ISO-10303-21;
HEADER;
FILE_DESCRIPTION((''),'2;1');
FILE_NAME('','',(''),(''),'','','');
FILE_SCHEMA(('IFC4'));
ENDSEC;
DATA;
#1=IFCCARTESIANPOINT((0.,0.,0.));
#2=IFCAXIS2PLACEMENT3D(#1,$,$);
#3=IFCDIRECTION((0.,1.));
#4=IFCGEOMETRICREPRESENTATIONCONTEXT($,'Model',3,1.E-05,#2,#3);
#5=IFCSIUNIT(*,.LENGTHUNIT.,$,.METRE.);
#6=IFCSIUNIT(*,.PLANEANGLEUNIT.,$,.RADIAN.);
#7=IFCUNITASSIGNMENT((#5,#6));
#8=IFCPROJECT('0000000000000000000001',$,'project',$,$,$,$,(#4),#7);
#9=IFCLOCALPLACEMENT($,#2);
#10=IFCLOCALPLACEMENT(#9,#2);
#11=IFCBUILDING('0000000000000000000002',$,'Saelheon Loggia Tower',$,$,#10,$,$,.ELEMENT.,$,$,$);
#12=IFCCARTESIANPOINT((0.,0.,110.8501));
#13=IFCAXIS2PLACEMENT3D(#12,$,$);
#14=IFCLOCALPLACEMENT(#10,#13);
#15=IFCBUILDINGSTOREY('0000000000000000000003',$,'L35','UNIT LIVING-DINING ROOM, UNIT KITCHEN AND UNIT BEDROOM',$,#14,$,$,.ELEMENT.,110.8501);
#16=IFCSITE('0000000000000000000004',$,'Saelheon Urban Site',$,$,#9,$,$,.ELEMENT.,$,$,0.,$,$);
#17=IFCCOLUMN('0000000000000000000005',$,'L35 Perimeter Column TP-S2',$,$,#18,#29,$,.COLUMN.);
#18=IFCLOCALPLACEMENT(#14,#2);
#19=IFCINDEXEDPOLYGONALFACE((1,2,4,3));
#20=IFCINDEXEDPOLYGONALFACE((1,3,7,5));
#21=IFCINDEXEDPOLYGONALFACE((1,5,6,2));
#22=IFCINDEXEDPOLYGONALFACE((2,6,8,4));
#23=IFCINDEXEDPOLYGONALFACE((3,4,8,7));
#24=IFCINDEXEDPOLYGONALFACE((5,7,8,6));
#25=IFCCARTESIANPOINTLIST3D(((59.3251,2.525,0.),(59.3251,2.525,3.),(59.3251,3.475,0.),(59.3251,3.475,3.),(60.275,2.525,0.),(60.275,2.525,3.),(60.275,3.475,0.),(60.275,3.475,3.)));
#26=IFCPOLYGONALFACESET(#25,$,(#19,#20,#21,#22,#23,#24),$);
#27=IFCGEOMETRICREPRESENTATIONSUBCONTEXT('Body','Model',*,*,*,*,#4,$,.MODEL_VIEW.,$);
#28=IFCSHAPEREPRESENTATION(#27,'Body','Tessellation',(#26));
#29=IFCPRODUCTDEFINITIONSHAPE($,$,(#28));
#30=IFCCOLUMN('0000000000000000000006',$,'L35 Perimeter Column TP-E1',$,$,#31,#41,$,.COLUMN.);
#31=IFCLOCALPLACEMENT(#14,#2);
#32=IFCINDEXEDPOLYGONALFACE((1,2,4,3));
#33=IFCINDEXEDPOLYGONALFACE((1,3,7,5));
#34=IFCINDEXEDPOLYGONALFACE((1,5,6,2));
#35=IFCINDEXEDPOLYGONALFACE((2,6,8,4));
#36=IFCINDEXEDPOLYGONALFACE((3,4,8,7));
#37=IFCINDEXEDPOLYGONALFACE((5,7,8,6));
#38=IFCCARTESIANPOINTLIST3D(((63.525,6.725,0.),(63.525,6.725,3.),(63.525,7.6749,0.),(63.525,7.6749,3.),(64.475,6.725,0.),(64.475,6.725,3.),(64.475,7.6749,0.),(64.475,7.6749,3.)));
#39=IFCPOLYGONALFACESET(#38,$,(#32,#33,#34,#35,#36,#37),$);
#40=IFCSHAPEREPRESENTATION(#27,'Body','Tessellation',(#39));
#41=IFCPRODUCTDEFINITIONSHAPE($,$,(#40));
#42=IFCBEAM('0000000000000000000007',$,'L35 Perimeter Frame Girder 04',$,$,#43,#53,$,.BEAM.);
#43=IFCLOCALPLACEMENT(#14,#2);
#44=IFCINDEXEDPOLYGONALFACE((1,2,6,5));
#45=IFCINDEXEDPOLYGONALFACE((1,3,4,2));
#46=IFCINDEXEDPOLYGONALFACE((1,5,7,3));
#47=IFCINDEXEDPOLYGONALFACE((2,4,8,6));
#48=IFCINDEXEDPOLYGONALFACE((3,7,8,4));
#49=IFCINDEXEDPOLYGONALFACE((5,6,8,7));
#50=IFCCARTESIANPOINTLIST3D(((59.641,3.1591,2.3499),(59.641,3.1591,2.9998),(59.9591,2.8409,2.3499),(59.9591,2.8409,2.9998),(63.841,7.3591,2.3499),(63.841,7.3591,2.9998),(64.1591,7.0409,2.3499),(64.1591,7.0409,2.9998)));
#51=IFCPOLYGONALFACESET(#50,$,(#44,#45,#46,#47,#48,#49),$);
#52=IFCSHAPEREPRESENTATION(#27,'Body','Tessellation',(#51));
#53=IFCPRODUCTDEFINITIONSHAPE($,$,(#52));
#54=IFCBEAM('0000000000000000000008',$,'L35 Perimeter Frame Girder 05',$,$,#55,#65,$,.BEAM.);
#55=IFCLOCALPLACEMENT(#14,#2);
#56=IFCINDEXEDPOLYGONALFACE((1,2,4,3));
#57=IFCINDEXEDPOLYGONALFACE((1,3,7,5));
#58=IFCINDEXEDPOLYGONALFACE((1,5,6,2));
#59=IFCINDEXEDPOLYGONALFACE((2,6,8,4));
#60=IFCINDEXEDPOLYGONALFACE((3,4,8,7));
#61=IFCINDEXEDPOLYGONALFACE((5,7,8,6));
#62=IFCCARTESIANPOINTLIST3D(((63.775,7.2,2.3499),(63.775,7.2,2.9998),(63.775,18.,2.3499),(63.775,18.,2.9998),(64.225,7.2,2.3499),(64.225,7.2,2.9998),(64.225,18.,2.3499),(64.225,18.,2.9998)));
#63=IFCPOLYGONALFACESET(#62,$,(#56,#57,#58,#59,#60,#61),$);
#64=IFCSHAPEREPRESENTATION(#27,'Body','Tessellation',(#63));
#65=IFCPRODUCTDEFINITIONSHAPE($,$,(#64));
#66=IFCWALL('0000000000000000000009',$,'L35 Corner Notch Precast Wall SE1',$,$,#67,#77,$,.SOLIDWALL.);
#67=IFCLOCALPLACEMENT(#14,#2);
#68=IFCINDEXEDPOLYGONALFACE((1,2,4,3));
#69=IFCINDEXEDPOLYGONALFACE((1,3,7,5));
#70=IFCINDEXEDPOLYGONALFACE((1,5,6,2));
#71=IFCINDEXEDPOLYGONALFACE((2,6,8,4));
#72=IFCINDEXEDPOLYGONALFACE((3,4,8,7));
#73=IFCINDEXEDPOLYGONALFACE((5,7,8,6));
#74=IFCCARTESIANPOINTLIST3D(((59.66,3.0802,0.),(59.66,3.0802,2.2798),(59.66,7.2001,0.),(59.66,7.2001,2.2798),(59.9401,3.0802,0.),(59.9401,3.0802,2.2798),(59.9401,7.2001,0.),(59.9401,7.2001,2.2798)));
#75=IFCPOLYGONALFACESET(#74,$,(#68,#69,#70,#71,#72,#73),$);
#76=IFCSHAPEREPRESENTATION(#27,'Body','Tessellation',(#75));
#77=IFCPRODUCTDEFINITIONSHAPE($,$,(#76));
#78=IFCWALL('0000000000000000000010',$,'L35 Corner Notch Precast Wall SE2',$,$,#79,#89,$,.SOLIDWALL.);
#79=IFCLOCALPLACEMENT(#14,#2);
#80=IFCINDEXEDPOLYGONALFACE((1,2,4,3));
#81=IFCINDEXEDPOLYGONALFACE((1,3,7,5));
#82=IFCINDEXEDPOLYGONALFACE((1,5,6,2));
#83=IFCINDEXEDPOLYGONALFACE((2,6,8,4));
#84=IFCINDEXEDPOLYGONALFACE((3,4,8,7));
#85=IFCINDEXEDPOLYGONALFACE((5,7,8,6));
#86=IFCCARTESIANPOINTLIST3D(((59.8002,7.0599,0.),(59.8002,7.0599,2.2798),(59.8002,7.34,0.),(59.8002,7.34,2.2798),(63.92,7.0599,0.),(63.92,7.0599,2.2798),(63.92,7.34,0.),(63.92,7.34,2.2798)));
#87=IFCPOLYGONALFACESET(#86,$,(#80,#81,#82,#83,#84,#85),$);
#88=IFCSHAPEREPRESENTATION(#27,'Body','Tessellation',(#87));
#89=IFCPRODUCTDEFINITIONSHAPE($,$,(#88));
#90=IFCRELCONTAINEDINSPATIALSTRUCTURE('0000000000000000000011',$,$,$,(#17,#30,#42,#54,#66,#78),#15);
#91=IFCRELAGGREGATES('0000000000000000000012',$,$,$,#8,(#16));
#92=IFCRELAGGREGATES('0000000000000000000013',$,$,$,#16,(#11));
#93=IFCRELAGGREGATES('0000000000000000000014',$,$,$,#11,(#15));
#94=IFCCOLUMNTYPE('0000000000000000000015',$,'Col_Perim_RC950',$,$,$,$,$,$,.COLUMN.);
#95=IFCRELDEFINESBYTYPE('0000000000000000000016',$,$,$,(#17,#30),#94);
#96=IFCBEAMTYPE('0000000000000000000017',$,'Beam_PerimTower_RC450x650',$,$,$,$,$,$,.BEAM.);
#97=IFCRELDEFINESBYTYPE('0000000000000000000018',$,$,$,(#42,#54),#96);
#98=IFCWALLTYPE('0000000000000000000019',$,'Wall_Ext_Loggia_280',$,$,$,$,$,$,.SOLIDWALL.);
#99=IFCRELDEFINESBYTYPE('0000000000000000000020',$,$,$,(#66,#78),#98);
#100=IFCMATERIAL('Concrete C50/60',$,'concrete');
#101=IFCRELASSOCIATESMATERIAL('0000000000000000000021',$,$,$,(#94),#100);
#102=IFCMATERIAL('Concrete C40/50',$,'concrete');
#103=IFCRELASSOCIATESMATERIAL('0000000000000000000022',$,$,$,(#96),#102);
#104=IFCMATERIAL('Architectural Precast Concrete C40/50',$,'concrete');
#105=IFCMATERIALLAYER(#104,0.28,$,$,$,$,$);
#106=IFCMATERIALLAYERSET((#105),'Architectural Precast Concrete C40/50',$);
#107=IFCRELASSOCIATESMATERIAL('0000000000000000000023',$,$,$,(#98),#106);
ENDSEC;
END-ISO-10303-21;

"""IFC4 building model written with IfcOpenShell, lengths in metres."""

from ifc_helpers import new_model, si_unit, direction, frame, frame_2d, origin, origin_2d, place, context, subcontext, project, spatial, rectangle, extrude, source, transform, mapped, material, layer, layer_set, material_profile, profile_set, type_object, element, save


model = new_model("IFC4")

# Units and contexts
model_context = context("Model", 3, precision=1e-05, world=origin(), true_north=direction((0.0, 1.0)))
body_context = subcontext(model_context, "Body", "Model", "MODEL_VIEW")
ifc_project = project(units=[si_unit("LENGTHUNIT", "METRE"), si_unit("PLANEANGLEUNIT", "RADIAN")], contexts=[model_context])

# Site, building, storey
site_placement = place(None, origin())
site = spatial("IfcSite", under=ifc_project, at=site_placement, Name="Saelheon Urban Site", CompositionType="ELEMENT", RefElevation=0.0)
building_placement = place(site_placement, origin())
building = spatial("IfcBuilding", under=site, at=building_placement, Name="Saelheon Loggia Tower", CompositionType="ELEMENT")
storey_placement = place(building_placement, frame((0.0, 0.0, 110.8501)))
storey = spatial("IfcBuildingStorey", under=building, at=storey_placement, Name="L35", Description="UNIT LIVING-DINING ROOM, UNIT KITCHEN AND UNIT BEDROOM", CompositionType="ELEMENT", Elevation=110.8501)

# Columns
ifc_material_1 = material(Name="Concrete C50/60", Category="concrete")
ifc_material_profile_1 = material_profile(ifc_material_1, rectangle(XDim=0.95, YDim=0.95, at=origin_2d()), Name="RC-950x950")
ifc_profile_set_1 = profile_set([ifc_material_profile_1], Name="Concrete C50/60")
column_type = type_object("IfcColumnType", Name="Col_Perim_RC950", PredefinedType="COLUMN", material=ifc_profile_set_1)
shared_shape_1 = source(origin(), body_context, "Body", "SweptSolid", [
    extrude(rectangle(XDim=0.95, YDim=0.95, at=origin_2d()), origin(), (0.0, 0.0, 1.0), 3.0),
])
for number, where, z_axis, x_axis, name in (
    (1, (59.8, 3.0, 0.0), (0.0, 0.0, 1.0), (1.0, 0.0, 0.0), "L35 Perimeter Column TP-S2"),
    (2, (64.0, 7.2, 0.0), (0.0, 0.0, 1.0), (1.0, 0.0, 0.0), "L35 Perimeter Column TP-E1"),
):
    element("IfcColumn", number, at=place(storey_placement, frame(where, z_axis=z_axis, x_axis=x_axis)), inside=storey, type_object=column_type, Name=name, PredefinedType="COLUMN", context=body_context, shape_type="MappedRepresentation", body=[
        mapped(shared_shape_1, transform((0.0, 0.0, 0.0), scale=1.0)),
    ])

# Beams
ifc_material_2 = material(Name="Concrete C40/50", Category="concrete")
ifc_material_profile_2 = material_profile(ifc_material_2, rectangle(XDim=0.45, YDim=0.6499, at=origin_2d()), Name="RC-450x650")
ifc_profile_set_2 = profile_set([ifc_material_profile_2], Name="Concrete C40/50")
beam_type = type_object("IfcBeamType", Name="Beam_PerimTower_RC450x650", PredefinedType="BEAM", material=ifc_profile_set_2)
shared_shape_2 = source(origin(), body_context, "Body", "SweptSolid", [
    extrude(rectangle(XDim=0.45, YDim=0.6499, at=origin_2d()), origin(), (0.0, 0.0, 1.0), 5.9397),
])
beam_1_placement = place(storey_placement, frame((59.8, 3.0, 2.6748), z_axis=(0.707107, 0.707107, 0.0), x_axis=(-0.707107, 0.707107, 0.0)))
element("IfcBeam", 3, at=beam_1_placement, inside=storey, type_object=beam_type, Name="L35 Perimeter Frame Girder 04", PredefinedType="BEAM", context=body_context, shape_type="MappedRepresentation", body=[
    mapped(shared_shape_2, transform((0.0, 0.0, 0.0), scale=1.0)),
])
shared_shape_3 = source(origin(), body_context, "Body", "SweptSolid", [
    extrude(rectangle(XDim=0.45, YDim=0.6499, at=origin_2d()), origin(), (0.0, 0.0, 1.0), 10.8),
])
beam_2_placement = place(storey_placement, frame((64.0, 7.2, 2.6748), z_axis=(0.0, 1.0, 0.0), x_axis=(-1.0, 0.0, 0.0)))
element("IfcBeam", 4, at=beam_2_placement, inside=storey, type_object=beam_type, Name="L35 Perimeter Frame Girder 05", PredefinedType="BEAM", context=body_context, shape_type="MappedRepresentation", body=[
    mapped(shared_shape_3, transform((0.0, 0.0, 0.0), scale=1.0)),
])

# Shared definitions
ifc_material_3 = material(Name="Architectural Precast Concrete C40/50", Category="concrete")
ifc_layer = layer(ifc_material_3, 0.28)
ifc_layer_set = layer_set([ifc_layer], Name="Architectural Precast Concrete C40/50")
wall_type = type_object("IfcWallType", Name="Wall_Ext_Loggia_280", PredefinedType="SOLIDWALL", material=ifc_layer_set)

# Walls
for number, where, z_axis, x_axis, name in (
    (5, (59.8, 3.0801, 0.0), (0.0, 0.0, 1.0), (0.0, 1.0, 0.0), "L35 Corner Notch Precast Wall SE1"),
    (6, (59.8, 7.2, 0.0), (0.0, 0.0, 1.0), (1.0, 0.0, 0.0), "L35 Corner Notch Precast Wall SE2"),
):
    element("IfcWall", number, at=place(storey_placement, frame(where, z_axis=z_axis, x_axis=x_axis)), inside=storey, type_object=wall_type, Name=name, PredefinedType="SOLIDWALL", context=body_context, shape_type="SweptSolid", body=[
        extrude(rectangle(XDim=4.1199, YDim=0.28, at=frame_2d((2.0601, 0.0))), origin(), (0.0, 0.0, 1.0), 2.2798),
    ])

save(model, "model.ifc")
